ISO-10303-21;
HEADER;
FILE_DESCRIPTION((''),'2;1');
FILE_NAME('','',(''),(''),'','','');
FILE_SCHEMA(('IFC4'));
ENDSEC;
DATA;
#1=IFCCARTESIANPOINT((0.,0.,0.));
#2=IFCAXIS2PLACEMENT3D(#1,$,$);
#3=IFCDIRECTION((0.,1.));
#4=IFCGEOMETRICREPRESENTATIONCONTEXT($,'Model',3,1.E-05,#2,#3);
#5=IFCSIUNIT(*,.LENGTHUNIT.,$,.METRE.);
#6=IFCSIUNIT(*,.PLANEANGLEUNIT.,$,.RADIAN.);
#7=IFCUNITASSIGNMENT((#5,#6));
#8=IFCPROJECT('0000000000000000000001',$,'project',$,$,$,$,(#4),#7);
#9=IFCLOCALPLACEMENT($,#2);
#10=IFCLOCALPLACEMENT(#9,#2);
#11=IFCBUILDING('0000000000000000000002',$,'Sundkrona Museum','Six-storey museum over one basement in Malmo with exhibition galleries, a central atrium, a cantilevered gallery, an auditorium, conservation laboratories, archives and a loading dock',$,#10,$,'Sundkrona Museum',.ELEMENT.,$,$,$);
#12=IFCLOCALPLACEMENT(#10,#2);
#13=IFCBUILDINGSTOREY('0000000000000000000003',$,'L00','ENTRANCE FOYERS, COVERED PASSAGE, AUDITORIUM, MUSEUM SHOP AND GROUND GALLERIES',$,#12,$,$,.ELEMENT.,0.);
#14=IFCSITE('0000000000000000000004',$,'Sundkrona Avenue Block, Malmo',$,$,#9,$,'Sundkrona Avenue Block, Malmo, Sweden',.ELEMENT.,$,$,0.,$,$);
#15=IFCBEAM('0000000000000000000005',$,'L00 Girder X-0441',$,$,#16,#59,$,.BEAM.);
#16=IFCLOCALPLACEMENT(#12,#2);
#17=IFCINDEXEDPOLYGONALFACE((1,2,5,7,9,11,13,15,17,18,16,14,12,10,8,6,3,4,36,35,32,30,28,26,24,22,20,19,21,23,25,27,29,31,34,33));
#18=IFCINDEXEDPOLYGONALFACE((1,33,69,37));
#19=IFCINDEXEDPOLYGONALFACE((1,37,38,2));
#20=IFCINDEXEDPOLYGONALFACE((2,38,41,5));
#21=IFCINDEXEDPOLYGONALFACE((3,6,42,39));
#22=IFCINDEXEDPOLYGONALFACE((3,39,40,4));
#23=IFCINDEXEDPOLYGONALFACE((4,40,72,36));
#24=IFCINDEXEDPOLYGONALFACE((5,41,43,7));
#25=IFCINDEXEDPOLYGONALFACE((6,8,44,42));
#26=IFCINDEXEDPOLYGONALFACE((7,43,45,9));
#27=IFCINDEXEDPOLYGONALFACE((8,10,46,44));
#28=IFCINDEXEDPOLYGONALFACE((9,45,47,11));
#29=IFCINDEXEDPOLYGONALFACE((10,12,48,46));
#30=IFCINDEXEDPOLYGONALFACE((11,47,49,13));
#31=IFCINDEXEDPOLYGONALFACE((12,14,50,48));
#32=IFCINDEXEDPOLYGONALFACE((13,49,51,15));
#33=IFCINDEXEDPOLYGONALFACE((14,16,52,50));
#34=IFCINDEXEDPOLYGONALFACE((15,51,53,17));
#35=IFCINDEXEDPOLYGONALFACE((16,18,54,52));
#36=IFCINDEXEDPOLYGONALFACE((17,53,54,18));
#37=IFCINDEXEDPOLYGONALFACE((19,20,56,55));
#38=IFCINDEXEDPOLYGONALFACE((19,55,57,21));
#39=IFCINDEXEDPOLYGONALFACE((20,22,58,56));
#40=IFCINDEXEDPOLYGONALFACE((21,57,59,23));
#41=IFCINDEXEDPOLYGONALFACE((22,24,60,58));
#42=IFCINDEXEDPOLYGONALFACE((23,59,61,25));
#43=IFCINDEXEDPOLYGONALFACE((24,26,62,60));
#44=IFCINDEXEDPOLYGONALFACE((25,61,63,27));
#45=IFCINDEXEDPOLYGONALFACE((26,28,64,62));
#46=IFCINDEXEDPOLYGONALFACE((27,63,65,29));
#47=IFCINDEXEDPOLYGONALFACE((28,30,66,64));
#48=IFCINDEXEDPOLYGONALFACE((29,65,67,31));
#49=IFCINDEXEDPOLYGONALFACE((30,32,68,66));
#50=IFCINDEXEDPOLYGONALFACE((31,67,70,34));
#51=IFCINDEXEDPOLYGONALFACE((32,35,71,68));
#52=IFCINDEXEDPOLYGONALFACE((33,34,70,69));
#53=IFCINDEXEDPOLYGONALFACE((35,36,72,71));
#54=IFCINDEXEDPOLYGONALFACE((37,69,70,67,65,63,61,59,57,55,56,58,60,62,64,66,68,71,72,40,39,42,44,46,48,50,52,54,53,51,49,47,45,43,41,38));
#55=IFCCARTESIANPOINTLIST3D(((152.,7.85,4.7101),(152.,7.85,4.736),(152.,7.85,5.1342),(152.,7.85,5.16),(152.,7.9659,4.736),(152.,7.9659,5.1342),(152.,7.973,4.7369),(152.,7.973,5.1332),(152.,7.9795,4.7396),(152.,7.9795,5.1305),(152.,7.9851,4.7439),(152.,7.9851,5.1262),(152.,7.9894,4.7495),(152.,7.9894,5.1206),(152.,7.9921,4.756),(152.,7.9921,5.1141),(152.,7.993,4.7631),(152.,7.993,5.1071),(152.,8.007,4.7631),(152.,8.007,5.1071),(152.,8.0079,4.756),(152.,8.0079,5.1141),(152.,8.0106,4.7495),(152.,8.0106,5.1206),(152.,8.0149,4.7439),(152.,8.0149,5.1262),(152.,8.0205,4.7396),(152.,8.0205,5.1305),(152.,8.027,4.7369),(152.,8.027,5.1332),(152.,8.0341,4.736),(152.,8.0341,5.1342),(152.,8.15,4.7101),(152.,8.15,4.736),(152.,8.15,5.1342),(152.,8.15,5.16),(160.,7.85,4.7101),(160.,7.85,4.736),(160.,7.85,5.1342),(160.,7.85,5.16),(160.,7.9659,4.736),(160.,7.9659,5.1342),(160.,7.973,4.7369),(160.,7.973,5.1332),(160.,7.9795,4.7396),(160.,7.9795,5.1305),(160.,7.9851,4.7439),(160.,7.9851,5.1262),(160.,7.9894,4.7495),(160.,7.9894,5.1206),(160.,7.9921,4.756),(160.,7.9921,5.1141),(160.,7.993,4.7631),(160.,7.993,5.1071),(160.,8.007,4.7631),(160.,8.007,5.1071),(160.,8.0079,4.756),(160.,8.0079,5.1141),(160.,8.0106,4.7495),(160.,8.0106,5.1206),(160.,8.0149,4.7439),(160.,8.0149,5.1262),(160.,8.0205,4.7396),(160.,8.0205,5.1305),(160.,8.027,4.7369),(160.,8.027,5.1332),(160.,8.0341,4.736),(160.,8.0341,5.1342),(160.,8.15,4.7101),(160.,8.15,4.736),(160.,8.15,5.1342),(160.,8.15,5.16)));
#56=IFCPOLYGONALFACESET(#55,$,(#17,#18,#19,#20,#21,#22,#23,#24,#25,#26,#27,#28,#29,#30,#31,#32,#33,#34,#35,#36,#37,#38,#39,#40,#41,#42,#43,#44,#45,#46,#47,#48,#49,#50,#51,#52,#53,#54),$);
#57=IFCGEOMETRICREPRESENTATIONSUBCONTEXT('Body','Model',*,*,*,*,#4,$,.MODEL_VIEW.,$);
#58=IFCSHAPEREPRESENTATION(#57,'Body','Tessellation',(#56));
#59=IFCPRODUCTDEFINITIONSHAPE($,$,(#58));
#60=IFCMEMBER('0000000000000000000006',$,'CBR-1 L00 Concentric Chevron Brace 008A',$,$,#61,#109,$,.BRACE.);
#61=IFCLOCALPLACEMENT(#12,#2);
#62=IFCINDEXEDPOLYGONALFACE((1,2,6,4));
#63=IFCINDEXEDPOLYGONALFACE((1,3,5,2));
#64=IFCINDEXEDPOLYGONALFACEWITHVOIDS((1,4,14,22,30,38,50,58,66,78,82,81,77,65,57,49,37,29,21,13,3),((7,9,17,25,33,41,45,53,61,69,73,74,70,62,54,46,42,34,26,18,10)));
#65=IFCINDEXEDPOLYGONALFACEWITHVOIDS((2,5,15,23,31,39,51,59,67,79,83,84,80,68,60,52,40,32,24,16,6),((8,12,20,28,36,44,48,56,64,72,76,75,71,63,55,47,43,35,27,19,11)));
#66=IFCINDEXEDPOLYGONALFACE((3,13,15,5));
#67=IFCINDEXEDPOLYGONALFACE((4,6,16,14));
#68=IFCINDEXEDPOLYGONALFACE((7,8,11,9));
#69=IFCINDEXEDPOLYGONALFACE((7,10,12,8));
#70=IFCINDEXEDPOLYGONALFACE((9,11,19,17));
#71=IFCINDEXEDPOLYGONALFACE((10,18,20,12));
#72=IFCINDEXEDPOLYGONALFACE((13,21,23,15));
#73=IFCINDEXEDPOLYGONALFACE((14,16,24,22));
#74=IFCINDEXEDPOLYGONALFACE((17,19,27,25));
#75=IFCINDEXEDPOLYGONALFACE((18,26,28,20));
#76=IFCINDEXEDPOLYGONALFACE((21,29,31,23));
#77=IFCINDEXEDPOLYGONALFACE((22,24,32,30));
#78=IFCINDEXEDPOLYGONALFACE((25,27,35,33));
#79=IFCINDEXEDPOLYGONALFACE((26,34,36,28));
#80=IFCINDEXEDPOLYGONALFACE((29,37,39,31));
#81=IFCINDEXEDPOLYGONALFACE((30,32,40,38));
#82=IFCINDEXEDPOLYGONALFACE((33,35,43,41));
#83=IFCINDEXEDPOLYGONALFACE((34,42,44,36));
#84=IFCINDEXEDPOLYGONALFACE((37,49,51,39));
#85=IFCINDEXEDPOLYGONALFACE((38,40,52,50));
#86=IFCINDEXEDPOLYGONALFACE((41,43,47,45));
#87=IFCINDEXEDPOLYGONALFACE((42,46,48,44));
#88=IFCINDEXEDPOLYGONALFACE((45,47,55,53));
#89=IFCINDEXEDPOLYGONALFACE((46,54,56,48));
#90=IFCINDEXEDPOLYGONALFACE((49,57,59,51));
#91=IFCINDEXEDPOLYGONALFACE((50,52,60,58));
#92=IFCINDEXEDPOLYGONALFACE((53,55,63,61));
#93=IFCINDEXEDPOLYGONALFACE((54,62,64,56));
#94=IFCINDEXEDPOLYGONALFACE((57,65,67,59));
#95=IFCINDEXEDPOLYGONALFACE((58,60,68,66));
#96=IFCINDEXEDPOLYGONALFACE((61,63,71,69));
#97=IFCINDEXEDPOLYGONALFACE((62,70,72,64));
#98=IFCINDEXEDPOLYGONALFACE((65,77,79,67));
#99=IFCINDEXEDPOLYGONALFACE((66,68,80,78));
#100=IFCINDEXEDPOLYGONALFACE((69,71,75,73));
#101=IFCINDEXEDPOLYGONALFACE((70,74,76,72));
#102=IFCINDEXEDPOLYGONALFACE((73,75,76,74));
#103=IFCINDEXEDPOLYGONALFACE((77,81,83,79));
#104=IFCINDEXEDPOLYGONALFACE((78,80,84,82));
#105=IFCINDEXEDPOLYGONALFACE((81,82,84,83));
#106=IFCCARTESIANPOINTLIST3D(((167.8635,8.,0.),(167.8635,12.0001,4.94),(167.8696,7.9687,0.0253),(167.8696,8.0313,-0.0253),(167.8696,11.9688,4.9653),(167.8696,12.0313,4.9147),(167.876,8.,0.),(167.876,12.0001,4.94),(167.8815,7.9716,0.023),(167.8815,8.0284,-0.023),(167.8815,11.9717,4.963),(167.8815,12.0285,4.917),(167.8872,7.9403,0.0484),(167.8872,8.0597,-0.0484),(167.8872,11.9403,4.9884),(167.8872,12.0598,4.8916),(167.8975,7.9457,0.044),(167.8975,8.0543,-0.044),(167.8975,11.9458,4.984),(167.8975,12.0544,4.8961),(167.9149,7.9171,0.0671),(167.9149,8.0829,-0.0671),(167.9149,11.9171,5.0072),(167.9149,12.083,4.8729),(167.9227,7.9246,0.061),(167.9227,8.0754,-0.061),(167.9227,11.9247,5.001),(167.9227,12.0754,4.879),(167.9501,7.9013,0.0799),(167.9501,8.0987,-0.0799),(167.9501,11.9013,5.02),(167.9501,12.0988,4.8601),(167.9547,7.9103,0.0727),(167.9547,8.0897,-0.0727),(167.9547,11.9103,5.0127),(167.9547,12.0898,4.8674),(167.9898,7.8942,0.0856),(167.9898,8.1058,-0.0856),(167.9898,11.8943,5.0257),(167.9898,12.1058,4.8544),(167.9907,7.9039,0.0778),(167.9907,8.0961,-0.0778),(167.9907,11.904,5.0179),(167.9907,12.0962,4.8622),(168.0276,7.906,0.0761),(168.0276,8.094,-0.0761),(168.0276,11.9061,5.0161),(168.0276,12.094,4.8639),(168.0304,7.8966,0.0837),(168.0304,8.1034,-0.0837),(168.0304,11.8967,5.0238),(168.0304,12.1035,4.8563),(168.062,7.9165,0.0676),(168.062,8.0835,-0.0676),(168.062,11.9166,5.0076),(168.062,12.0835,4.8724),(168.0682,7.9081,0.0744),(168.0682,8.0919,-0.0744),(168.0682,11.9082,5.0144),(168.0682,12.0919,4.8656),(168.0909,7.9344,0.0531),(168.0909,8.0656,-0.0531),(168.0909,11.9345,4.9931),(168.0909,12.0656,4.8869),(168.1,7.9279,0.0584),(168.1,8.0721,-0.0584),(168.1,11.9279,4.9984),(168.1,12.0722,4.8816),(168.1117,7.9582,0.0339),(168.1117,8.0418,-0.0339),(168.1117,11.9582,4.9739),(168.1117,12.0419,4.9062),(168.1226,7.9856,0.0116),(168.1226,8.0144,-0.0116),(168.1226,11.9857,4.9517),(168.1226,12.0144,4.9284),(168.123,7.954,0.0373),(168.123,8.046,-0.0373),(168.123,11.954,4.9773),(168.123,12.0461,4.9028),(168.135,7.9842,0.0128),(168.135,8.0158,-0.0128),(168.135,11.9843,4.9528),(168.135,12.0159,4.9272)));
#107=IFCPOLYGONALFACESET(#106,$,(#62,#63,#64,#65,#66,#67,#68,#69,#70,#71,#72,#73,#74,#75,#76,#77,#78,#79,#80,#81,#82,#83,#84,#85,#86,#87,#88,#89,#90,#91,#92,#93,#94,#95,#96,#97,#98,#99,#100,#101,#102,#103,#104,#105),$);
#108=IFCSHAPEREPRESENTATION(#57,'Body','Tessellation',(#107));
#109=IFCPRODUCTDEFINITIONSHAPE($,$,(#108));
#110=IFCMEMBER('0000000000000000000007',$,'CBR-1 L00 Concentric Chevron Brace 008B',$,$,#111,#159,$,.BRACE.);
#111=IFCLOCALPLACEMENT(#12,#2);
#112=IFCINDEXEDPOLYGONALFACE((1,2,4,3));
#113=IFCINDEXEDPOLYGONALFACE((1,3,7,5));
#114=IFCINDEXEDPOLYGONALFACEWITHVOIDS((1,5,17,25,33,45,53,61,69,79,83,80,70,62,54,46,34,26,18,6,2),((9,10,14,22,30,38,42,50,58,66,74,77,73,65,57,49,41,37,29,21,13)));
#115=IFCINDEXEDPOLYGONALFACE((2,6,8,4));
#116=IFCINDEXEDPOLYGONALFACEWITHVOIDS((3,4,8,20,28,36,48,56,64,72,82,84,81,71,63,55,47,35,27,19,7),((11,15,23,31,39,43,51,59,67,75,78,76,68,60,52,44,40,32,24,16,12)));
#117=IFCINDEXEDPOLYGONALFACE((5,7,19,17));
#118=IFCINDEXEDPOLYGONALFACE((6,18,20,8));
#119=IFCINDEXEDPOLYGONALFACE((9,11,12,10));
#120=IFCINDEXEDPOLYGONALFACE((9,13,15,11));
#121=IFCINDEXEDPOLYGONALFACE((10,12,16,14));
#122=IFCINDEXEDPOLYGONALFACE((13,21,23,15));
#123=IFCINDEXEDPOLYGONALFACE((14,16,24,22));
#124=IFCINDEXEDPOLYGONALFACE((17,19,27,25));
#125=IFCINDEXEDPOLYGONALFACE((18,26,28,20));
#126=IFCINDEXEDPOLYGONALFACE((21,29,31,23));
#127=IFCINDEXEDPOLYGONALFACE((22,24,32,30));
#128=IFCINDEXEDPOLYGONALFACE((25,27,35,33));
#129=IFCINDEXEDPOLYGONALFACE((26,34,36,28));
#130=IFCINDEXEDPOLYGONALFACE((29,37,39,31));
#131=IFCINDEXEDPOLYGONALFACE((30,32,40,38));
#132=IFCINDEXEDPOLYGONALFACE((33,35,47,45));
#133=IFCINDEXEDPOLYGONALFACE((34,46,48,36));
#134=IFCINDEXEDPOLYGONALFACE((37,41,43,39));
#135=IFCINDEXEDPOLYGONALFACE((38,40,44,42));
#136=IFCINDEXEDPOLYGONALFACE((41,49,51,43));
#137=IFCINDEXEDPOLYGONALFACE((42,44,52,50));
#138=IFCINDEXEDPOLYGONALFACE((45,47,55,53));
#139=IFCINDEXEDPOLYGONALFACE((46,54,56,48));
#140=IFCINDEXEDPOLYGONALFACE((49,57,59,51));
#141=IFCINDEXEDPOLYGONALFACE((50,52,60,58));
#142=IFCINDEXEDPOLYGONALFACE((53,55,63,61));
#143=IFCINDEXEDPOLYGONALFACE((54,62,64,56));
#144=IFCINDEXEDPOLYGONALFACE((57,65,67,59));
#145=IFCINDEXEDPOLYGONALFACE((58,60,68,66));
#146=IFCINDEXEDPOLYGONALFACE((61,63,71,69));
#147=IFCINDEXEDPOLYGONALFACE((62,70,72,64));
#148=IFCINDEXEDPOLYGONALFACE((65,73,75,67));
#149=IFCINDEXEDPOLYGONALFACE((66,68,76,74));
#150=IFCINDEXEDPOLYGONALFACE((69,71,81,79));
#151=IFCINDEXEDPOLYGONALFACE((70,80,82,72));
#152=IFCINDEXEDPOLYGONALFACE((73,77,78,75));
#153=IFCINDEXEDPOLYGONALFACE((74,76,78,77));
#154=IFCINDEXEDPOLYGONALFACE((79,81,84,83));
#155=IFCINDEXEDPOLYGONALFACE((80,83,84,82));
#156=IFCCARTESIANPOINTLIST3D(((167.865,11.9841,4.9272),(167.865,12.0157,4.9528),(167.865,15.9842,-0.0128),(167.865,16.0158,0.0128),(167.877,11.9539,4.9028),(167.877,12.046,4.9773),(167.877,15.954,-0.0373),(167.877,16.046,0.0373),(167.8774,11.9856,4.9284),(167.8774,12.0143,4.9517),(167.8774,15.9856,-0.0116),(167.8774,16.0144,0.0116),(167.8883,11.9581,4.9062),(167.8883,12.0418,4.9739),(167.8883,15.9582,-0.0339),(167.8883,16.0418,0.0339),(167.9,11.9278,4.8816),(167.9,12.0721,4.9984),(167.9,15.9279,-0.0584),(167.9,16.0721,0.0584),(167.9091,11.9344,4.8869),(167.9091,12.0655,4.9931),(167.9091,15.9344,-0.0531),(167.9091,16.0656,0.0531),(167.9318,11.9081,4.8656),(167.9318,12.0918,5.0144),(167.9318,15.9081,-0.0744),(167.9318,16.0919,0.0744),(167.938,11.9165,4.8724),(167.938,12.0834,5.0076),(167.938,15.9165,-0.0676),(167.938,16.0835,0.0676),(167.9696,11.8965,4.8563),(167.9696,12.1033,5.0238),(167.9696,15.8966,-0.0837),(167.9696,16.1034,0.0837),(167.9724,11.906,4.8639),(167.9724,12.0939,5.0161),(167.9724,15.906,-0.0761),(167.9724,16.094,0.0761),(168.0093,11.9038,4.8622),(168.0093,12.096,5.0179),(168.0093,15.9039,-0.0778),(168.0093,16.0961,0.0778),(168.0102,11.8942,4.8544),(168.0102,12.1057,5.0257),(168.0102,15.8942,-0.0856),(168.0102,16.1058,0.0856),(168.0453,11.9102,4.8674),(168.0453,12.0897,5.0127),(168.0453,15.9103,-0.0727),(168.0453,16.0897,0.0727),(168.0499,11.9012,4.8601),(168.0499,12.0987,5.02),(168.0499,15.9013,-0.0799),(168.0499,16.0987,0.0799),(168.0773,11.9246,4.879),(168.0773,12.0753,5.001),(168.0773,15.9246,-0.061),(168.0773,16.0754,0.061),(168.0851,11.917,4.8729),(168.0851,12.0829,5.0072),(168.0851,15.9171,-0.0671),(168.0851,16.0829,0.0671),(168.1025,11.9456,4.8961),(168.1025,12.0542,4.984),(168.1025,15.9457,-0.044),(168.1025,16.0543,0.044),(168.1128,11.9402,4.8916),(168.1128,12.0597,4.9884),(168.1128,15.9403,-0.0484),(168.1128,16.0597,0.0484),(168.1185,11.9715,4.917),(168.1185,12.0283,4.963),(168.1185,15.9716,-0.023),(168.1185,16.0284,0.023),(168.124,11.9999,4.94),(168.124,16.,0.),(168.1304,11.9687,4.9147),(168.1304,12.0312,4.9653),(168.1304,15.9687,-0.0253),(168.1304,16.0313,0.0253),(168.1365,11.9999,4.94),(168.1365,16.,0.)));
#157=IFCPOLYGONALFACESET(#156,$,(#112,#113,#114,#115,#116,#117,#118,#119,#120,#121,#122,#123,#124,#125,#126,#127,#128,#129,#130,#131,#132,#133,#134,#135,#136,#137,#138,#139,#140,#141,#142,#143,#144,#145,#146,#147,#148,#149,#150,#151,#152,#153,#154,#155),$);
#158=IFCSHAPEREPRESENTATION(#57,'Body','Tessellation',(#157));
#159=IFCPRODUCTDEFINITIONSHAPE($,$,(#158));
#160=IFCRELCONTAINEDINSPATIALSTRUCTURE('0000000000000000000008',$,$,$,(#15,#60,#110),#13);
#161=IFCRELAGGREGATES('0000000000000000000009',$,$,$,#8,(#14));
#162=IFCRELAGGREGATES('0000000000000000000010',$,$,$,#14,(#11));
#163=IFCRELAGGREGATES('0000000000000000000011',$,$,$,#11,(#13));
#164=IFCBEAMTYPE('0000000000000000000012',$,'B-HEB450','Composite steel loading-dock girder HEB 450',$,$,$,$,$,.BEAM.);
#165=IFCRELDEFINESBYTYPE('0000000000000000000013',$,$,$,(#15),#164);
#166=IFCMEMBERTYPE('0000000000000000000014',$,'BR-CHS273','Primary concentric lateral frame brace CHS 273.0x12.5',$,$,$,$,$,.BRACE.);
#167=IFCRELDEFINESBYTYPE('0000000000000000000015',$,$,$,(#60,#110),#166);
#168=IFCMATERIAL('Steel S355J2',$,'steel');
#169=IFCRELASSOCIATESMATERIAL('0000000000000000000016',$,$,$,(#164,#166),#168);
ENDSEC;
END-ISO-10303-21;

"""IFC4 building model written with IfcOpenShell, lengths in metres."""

from ifc_helpers import new_model, si_unit, direction, frame, origin, origin_2d, place, context, subcontext, project, spatial, hollow_circle, i_section, extrude, material, material_profile, profile_set, type_object, element, save


model = new_model("IFC4")

# Units and contexts
model_context = context("Model", 3, precision=1e-05, world=origin(), true_north=direction((0.0, 1.0)))
body_context = subcontext(model_context, "Body", "Model", "MODEL_VIEW")
ifc_project = project(units=[si_unit("LENGTHUNIT", "METRE"), si_unit("PLANEANGLEUNIT", "RADIAN")], contexts=[model_context])

# Site, building, storey
site_placement = place(None, origin())
site = spatial("IfcSite", under=ifc_project, at=site_placement, Name="Sundkrona Avenue Block, Malmo", LongName="Sundkrona Avenue Block, Malmo, Sweden", CompositionType="ELEMENT", RefElevation=0.0)
building_placement = place(site_placement, origin())
building = spatial("IfcBuilding", under=site, at=building_placement, Name="Sundkrona Museum", Description="Six-storey museum over one basement in Malmo with exhibition galleries, a central atrium, a cantilevered gallery, an auditorium, conservation laboratories, archives and a loading dock", LongName="Sundkrona Museum", CompositionType="ELEMENT")
storey_placement = place(building_placement, origin())
storey = spatial("IfcBuildingStorey", under=building, at=storey_placement, Name="L00", Description="ENTRANCE FOYERS, COVERED PASSAGE, AUDITORIUM, MUSEUM SHOP AND GROUND GALLERIES", CompositionType="ELEMENT", Elevation=0.0)

# Shared definitions
ifc_material_1 = material(Name="Steel S355J2", Category="steel")

# Beam
ifc_material_profile_1 = material_profile(ifc_material_1, i_section(OverallWidth=0.3, OverallDepth=0.45, WebThickness=0.0139, FlangeThickness=0.0259, FilletRadius=0.0271, at=origin_2d()), Name="HEB 450")
ifc_profile_set_1 = profile_set([ifc_material_profile_1], Name="Steel S355J2")
beam_type_1 = type_object("IfcBeamType", Name="B-HEB450", Description="Composite steel loading-dock girder HEB 450", PredefinedType="BEAM", material=ifc_profile_set_1)
beam_1_placement = place(storey_placement, frame((152.0, 8.0, 4.9351), z_axis=(1.0, 0.0, 0.0), x_axis=(0.0, 1.0, 0.0)))
element("IfcBeam", 1, at=beam_1_placement, inside=storey, type_object=beam_type_1, Name="L00 Girder X-0441", PredefinedType="BEAM", context=body_context, shape_type="SweptSolid", body=[
    extrude(i_section(OverallWidth=0.3, OverallDepth=0.45, WebThickness=0.0139, FlangeThickness=0.0259, FilletRadius=0.0271, at=origin_2d()), origin(), (0.0, 0.0, 1.0), 8.0),
])

# Members
ifc_material_profile_2 = material_profile(ifc_material_1, hollow_circle(Radius=0.1365, WallThickness=0.0125, at=origin_2d()), Name="CHS 273.0x12.5")
ifc_profile_set_2 = profile_set([ifc_material_profile_2], Name="Steel S355J2")
member_type = type_object("IfcMemberType", Name="BR-CHS273", Description="Primary concentric lateral frame brace CHS 273.0x12.5", PredefinedType="BRACE", material=ifc_profile_set_2)
for number, where, z_axis, x_axis, name in (
    (2, (168.0, 8.0, 0.0), (0.0, 0.629293, 0.777168), (-1.0, 0.0, 0.0), "CBR-1 L00 Concentric Chevron Brace 008A"),
    (3, (168.0, 16.0, 0.0), (0.0, -0.629293, 0.777168), (1.0, 0.0, 0.0), "CBR-1 L00 Concentric Chevron Brace 008B"),
):
    element("IfcMember", number, at=place(storey_placement, frame(where, z_axis=z_axis, x_axis=x_axis)), inside=storey, type_object=member_type, Name=name, PredefinedType="BRACE", context=body_context, shape_type="SweptSolid", body=[
        extrude(hollow_circle(Radius=0.1365, WallThickness=0.0125, at=origin_2d()), origin(), (0.0, 0.0, 1.0), 6.3564),
    ])

save(model, "model.ifc")
